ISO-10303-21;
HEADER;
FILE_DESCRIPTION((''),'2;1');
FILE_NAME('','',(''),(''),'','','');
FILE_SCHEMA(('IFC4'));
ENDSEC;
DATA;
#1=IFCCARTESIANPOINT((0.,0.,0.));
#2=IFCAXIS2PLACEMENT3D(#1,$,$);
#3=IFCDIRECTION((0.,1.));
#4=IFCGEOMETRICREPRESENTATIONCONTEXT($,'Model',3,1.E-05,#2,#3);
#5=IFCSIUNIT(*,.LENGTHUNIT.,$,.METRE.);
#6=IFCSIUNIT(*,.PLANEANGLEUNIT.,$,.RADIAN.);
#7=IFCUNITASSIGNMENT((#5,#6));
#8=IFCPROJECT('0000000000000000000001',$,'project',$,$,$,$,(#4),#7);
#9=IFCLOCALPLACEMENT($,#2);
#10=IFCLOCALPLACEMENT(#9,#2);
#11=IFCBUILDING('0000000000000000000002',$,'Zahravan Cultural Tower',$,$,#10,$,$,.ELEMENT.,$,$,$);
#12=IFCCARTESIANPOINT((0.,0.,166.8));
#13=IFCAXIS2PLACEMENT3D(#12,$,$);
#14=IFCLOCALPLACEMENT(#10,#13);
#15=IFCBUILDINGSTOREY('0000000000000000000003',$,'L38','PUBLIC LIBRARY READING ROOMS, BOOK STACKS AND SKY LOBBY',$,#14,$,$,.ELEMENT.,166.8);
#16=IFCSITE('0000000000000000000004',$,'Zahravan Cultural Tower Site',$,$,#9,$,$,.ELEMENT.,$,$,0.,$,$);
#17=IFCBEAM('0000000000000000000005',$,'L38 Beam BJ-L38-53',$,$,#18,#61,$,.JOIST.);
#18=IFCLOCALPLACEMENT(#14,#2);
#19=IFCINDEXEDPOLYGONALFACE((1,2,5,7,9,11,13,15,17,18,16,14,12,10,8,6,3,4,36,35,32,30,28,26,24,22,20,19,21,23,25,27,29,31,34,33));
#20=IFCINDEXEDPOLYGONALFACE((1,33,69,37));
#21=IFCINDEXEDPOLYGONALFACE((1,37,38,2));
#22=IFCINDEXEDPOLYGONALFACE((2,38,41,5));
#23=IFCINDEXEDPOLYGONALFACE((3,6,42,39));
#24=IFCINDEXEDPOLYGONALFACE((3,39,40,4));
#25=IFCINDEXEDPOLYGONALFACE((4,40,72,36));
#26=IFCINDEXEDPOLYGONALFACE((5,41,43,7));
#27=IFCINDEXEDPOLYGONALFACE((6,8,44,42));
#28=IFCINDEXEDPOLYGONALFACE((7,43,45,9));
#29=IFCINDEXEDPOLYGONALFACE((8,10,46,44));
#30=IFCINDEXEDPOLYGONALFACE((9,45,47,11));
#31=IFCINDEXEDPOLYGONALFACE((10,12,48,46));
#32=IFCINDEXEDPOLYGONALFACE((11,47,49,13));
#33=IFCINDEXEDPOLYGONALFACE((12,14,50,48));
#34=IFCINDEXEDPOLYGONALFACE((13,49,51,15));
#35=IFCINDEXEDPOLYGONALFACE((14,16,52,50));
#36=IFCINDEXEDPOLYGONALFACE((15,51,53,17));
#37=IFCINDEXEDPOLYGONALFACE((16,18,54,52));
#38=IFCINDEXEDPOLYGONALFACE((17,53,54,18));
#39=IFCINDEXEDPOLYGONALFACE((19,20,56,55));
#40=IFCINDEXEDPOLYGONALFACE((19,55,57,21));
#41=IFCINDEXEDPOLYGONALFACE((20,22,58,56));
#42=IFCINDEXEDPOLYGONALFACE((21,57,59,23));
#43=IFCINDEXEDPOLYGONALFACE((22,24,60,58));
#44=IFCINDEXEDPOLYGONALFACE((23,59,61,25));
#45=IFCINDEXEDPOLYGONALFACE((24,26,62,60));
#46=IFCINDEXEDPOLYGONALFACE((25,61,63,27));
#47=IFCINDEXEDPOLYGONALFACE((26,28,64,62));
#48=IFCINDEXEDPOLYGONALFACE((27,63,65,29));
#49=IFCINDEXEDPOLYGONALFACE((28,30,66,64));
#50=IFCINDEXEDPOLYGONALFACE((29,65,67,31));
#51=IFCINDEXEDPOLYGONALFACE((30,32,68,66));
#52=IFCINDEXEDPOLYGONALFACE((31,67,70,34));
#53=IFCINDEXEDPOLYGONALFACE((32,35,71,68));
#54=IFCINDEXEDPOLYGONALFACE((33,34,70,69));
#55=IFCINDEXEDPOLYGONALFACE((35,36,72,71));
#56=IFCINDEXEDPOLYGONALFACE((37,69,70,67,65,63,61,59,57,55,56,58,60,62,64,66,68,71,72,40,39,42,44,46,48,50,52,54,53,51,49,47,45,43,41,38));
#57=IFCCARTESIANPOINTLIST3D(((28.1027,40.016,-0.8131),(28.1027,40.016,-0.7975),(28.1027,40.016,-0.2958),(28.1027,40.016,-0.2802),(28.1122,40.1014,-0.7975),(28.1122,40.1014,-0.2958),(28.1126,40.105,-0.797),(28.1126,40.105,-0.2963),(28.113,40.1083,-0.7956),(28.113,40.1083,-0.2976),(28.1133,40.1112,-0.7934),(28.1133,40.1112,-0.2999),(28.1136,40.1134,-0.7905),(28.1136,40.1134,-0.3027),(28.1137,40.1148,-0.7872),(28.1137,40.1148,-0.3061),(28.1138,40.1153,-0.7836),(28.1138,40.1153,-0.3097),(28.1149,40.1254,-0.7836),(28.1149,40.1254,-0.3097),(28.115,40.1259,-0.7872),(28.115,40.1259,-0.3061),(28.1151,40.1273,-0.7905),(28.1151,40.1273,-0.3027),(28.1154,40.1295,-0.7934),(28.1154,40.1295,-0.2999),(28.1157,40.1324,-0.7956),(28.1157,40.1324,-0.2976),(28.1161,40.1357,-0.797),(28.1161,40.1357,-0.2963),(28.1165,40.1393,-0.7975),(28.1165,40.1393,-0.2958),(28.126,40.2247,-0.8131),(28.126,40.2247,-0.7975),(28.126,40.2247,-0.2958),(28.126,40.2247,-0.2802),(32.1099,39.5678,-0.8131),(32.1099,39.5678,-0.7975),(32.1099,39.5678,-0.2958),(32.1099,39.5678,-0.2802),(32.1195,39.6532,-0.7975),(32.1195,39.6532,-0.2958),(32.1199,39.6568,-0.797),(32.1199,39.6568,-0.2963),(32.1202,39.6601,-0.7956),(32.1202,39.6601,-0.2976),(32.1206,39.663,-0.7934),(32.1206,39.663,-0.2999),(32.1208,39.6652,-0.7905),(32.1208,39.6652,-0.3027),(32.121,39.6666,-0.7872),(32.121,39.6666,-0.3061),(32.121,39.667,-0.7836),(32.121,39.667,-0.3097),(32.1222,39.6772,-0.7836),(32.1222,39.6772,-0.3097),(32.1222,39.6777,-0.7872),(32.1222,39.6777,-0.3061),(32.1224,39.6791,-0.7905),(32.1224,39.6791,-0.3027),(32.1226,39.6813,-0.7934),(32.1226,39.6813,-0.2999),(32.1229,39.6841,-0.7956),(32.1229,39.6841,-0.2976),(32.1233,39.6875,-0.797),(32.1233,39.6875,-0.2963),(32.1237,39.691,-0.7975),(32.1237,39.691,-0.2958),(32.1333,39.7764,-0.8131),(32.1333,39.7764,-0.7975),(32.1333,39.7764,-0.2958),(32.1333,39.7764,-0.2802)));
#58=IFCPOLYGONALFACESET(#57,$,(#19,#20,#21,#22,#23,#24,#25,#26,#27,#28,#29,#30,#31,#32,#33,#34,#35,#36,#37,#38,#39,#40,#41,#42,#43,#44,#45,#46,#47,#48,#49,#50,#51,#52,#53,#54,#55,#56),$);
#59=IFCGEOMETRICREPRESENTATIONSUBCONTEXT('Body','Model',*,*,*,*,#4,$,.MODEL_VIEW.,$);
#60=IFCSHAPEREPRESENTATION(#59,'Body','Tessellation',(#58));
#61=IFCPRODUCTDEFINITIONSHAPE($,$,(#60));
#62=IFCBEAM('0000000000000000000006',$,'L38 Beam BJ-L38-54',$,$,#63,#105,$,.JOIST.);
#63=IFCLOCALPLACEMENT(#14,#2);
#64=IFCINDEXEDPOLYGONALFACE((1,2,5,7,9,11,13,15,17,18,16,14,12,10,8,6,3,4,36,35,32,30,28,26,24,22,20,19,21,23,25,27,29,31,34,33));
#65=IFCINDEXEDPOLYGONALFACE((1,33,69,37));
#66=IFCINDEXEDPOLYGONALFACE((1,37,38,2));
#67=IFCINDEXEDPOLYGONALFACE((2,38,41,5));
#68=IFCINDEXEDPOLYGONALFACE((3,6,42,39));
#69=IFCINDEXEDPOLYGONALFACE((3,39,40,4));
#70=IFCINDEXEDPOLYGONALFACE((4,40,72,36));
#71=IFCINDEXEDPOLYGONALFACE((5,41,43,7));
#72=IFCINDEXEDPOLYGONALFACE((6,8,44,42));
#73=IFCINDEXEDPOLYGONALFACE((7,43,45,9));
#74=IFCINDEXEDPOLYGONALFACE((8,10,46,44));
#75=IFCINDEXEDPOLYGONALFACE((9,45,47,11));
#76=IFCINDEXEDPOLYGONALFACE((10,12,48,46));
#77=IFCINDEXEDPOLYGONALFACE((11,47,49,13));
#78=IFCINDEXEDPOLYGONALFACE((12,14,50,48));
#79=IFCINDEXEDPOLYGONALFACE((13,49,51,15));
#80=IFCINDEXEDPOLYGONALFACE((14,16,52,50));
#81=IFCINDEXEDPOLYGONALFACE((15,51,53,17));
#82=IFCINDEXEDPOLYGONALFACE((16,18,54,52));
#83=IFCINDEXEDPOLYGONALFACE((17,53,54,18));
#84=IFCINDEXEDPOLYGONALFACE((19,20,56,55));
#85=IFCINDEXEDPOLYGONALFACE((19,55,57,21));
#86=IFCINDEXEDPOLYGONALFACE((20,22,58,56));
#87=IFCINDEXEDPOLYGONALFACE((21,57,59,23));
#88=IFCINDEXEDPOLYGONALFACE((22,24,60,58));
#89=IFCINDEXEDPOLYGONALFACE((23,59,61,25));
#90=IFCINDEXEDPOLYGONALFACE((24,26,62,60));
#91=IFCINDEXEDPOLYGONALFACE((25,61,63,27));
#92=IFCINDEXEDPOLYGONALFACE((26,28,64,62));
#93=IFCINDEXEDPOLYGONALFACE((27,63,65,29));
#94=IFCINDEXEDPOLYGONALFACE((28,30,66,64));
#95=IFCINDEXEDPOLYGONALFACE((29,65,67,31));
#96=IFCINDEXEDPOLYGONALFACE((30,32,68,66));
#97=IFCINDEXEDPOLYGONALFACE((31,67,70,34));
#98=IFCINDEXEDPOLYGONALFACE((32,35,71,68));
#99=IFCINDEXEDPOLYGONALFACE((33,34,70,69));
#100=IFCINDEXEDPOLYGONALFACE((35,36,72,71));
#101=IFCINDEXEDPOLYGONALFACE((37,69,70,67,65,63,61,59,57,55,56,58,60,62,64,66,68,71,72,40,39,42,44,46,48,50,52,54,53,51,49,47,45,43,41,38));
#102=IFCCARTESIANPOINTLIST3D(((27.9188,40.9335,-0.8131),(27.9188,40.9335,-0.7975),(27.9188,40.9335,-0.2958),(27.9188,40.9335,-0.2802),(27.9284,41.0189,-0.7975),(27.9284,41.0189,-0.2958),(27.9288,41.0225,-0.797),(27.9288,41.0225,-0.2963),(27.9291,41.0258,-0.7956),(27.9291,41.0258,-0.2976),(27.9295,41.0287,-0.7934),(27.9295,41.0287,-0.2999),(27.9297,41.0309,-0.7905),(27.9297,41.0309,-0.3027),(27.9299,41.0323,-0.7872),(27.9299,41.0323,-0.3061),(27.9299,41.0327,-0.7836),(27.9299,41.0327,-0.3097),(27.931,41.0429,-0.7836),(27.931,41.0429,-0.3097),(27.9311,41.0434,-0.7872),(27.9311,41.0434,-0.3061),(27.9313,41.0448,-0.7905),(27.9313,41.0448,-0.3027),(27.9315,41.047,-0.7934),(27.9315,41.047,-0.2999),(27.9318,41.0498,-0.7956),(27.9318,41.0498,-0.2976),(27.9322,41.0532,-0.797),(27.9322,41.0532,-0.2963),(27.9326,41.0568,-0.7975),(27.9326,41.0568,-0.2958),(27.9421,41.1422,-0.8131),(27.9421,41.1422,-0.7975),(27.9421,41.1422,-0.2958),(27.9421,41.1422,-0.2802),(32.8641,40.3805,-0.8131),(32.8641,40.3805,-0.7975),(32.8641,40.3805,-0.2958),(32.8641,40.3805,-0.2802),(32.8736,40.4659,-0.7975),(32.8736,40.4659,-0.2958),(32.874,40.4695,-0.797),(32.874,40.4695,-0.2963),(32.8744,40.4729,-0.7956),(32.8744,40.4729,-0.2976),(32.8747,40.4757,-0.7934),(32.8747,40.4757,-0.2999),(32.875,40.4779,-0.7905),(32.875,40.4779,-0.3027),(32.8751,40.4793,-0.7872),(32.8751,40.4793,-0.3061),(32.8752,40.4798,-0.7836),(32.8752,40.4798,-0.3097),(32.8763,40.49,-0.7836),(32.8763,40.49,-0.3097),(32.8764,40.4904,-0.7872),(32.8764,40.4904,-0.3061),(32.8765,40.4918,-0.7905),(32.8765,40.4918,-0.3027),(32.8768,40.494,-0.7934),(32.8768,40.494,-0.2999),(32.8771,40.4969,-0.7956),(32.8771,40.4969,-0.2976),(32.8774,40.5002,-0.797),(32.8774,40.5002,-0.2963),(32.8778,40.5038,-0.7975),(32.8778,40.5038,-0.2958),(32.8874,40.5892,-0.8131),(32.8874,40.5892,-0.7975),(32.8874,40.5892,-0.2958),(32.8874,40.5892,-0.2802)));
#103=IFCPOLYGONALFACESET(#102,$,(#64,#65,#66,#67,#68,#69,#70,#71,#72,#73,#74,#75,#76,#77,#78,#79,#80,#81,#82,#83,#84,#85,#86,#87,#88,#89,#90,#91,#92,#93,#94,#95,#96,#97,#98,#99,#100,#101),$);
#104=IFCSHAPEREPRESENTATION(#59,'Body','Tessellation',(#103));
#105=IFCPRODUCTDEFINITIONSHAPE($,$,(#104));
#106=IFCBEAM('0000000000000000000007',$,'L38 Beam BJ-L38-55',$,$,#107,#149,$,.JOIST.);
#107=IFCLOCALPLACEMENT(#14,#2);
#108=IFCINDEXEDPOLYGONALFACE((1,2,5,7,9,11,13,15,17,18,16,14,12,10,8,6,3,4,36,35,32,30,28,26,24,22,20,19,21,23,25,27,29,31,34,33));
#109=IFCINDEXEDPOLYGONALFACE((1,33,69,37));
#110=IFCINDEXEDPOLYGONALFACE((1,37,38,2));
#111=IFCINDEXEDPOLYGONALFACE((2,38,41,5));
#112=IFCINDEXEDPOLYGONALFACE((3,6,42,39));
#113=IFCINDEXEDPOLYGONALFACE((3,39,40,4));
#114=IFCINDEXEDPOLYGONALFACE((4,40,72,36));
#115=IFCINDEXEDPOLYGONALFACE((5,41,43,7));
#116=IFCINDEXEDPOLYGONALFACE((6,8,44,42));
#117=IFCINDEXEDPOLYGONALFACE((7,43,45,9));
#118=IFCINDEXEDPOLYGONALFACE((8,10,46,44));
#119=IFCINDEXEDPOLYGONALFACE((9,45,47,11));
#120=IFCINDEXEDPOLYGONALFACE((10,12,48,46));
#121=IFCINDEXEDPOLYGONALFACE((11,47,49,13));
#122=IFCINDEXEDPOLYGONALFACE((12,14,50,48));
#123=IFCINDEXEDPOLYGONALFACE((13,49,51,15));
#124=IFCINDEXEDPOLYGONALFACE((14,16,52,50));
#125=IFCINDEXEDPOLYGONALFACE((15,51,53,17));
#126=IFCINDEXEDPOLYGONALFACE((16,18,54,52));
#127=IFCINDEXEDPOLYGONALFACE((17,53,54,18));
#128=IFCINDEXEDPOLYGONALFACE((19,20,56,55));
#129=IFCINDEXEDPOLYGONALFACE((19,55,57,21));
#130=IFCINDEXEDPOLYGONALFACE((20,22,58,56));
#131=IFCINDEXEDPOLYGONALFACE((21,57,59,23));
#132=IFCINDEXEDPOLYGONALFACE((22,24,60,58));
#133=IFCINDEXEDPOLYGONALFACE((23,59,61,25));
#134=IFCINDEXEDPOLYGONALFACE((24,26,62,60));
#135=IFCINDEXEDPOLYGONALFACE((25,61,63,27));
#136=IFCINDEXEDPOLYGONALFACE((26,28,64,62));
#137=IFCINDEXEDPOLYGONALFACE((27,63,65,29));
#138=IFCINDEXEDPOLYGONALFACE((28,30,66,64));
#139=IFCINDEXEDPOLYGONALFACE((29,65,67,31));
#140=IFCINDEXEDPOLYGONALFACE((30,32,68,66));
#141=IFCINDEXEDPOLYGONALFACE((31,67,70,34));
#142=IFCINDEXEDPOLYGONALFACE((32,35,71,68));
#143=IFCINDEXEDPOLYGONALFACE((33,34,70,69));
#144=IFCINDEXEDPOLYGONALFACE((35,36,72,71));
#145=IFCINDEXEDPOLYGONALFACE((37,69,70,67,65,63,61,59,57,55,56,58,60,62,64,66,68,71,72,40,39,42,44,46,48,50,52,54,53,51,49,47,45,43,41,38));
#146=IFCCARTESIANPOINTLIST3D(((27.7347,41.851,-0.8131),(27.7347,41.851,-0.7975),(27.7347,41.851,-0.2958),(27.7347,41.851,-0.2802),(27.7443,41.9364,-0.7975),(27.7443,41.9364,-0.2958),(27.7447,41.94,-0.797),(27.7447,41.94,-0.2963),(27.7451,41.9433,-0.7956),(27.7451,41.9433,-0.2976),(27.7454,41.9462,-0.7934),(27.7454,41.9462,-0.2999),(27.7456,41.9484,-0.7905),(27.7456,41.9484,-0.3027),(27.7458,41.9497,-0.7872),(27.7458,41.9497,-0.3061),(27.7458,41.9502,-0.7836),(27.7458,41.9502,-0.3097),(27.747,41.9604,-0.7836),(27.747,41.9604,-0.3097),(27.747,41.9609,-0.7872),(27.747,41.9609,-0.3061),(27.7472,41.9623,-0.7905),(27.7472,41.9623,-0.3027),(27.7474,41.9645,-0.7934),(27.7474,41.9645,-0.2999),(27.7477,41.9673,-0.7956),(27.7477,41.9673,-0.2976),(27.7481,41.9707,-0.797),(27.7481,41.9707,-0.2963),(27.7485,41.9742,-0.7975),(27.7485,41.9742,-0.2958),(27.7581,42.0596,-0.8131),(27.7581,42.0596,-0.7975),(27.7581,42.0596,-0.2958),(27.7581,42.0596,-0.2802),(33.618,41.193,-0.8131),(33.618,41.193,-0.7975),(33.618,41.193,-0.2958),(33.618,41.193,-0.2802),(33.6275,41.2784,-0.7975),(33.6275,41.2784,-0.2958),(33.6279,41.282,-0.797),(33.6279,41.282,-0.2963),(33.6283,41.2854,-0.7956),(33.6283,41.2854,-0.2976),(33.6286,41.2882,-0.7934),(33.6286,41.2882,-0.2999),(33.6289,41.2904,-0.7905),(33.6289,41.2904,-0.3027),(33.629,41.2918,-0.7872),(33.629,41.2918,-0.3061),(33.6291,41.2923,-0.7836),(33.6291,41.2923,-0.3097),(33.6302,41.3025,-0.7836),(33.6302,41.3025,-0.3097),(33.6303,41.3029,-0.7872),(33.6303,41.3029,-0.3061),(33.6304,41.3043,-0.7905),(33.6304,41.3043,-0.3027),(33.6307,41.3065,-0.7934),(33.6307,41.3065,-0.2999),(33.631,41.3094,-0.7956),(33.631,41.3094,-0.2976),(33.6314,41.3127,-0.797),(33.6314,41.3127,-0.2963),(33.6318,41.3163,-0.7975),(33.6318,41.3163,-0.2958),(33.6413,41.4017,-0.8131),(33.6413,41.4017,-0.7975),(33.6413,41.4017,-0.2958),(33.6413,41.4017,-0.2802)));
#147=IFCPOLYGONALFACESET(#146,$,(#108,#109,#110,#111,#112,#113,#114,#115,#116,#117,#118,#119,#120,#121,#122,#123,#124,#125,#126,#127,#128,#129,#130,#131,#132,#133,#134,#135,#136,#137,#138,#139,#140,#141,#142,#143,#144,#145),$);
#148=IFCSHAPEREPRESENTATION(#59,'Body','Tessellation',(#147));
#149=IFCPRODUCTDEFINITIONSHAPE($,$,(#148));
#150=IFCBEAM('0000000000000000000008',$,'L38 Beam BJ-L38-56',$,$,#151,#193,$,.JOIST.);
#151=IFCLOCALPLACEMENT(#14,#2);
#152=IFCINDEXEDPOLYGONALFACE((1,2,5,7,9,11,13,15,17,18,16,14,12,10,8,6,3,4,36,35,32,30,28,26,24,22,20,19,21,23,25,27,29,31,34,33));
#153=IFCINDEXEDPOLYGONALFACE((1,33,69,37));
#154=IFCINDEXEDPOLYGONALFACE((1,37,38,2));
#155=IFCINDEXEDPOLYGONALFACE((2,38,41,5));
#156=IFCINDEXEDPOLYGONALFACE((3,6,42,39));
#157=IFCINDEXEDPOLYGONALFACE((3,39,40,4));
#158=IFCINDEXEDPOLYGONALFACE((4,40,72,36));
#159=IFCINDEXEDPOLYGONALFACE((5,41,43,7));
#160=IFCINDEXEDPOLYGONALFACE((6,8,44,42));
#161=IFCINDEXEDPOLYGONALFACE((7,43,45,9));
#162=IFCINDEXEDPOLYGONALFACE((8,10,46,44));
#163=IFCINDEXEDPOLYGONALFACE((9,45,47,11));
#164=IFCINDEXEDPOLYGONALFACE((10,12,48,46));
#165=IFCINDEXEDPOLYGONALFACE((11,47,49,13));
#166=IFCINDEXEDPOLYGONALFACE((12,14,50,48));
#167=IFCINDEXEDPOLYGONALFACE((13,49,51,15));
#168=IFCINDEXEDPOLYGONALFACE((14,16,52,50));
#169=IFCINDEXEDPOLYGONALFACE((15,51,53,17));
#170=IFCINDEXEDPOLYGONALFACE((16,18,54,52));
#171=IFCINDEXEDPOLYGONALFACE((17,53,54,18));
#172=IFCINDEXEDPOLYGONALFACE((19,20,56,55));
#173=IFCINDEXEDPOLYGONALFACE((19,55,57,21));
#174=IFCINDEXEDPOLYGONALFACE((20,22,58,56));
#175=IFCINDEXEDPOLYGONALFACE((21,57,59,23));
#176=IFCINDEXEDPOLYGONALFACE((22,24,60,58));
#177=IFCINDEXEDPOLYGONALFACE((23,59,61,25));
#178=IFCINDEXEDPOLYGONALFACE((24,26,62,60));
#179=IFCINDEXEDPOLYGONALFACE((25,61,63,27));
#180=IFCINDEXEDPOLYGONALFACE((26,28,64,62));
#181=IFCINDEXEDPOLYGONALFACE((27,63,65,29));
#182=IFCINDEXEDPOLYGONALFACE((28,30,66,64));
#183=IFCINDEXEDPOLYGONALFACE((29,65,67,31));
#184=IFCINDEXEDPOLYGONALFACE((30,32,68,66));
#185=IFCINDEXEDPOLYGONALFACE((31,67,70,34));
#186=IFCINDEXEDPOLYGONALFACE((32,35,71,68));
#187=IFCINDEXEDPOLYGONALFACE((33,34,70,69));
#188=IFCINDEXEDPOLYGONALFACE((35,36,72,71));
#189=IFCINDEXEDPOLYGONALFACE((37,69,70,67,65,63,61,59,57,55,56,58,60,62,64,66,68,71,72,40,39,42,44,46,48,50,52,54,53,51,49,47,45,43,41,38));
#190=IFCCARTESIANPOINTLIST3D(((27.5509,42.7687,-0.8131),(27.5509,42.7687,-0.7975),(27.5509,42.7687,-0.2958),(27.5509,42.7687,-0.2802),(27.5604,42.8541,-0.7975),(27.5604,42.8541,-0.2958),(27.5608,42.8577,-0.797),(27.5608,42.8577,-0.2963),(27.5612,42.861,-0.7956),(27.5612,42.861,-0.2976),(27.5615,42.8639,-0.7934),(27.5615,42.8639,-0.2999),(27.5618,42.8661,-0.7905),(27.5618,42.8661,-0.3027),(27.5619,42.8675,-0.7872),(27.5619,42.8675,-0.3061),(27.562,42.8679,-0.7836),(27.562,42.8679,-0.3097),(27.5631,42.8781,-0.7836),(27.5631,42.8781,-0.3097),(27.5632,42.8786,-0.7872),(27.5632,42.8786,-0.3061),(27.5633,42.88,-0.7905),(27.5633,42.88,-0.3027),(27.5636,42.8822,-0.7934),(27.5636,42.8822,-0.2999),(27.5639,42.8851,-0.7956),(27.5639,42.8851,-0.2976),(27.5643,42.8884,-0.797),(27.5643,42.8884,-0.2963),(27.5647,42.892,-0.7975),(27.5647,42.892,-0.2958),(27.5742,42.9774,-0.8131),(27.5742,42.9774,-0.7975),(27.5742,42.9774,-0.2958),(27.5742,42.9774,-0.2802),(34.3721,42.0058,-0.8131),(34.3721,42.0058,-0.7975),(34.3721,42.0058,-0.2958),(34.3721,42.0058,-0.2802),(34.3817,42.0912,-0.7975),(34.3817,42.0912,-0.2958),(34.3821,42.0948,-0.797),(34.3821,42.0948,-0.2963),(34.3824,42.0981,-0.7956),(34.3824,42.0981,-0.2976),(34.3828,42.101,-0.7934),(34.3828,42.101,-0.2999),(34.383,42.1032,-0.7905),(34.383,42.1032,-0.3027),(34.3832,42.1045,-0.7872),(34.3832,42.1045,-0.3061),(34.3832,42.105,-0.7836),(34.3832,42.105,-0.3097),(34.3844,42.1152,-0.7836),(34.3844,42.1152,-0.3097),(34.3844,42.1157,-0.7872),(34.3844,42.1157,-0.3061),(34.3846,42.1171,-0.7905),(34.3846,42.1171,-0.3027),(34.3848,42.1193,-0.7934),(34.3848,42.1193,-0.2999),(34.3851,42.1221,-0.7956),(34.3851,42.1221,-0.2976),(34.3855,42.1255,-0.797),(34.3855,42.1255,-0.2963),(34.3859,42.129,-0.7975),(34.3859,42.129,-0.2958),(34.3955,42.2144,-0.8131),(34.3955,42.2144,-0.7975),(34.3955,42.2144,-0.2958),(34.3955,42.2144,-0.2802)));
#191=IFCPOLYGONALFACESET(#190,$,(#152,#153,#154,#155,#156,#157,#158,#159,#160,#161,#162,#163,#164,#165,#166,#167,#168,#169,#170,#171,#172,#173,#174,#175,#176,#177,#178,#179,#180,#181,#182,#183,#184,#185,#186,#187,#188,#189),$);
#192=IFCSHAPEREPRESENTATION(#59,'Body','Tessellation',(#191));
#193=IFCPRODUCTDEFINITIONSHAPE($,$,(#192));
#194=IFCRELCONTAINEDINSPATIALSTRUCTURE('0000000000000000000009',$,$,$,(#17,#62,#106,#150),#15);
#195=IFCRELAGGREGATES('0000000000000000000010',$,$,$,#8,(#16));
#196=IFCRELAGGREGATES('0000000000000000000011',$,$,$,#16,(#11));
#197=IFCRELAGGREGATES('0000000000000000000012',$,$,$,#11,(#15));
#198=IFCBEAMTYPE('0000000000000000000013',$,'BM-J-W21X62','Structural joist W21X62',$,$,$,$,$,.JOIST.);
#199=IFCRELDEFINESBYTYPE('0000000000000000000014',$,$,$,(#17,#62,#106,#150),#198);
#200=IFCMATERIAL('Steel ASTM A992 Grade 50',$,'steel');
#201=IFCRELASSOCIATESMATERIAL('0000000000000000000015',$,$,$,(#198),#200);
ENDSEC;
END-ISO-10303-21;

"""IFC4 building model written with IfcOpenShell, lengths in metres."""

from ifc_helpers import new_model, si_unit, direction, frame, origin, origin_2d, place, context, subcontext, project, spatial, i_section, extrude, source, transform, mapped, material, material_profile, profile_set, type_object, element, save


model = new_model("IFC4")

# Units and contexts
model_context = context("Model", 3, precision=1e-05, world=origin(), true_north=direction((0.0, 1.0)))
body_context = subcontext(model_context, "Body", "Model", "MODEL_VIEW")
ifc_project = project(units=[si_unit("LENGTHUNIT", "METRE"), si_unit("PLANEANGLEUNIT", "RADIAN")], contexts=[model_context])

# Site, building, storey
site_placement = place(None, origin())
site = spatial("IfcSite", under=ifc_project, at=site_placement, Name="Zahravan Cultural Tower Site", CompositionType="ELEMENT", RefElevation=0.0)
building_placement = place(site_placement, origin())
building = spatial("IfcBuilding", under=site, at=building_placement, Name="Zahravan Cultural Tower", CompositionType="ELEMENT")
storey_placement = place(building_placement, frame((0.0, 0.0, 166.8)))
storey = spatial("IfcBuildingStorey", under=building, at=storey_placement, Name="L38", Description="PUBLIC LIBRARY READING ROOMS, BOOK STACKS AND SKY LOBBY", CompositionType="ELEMENT", Elevation=166.8)

# Shared definitions
ifc_material_1 = material(Name="Steel ASTM A992 Grade 50", Category="steel")

# Beams
ifc_material_profile_1 = material_profile(ifc_material_1, i_section(OverallWidth=0.21, OverallDepth=0.533, WebThickness=0.0103, FlangeThickness=0.0156, FilletRadius=0.0139, at=origin_2d()), Name="W21X62")
ifc_profile_set_1 = profile_set([ifc_material_profile_1], Name="Steel ASTM A992 Grade 50")
beam_type_1 = type_object("IfcBeamType", Name="BM-J-W21X62", Description="Structural joist W21X62", PredefinedType="JOIST", material=ifc_profile_set_1)
shared_shape_1 = source(origin(), body_context, "Body", "SweptSolid", [
    extrude(i_section(OverallWidth=0.21, OverallDepth=0.533, WebThickness=0.0103, FlangeThickness=0.0156, FilletRadius=0.0139, at=origin_2d()), origin(), (0.0, 0.0, 1.0), 4.0322),
])
beam_1_placement = place(storey_placement, frame((32.1216, 39.6721, -0.5466), z_axis=(-0.993802, 0.111162, 0.0), x_axis=(-0.111162, -0.993802, 0.0)))
element("IfcBeam", 1, at=beam_1_placement, inside=storey, type_object=beam_type_1, Name="L38 Beam BJ-L38-53", PredefinedType="JOIST", context=body_context, shape_type="MappedRepresentation", body=[
    mapped(shared_shape_1, transform((0.0, 0.0, 0.0), x_axis=(1.0, 0.0, 0.0), y_axis=(0.0, 1.0, 0.0), z_axis=(0.0, 0.0, 1.0), scale=1.0)),
])
shared_shape_2 = source(origin(), body_context, "Body", "SweptSolid", [
    extrude(i_section(OverallWidth=0.21, OverallDepth=0.533, WebThickness=0.0103, FlangeThickness=0.0156, FilletRadius=0.0139, at=origin_2d()), origin(), (0.0, 0.0, 1.0), 4.9761),
])
beam_2_placement = place(storey_placement, frame((32.8757, 40.4849, -0.5466), z_axis=(-0.993806, 0.111126, 0.0), x_axis=(-0.111126, -0.993806, 0.0)))
element("IfcBeam", 2, at=beam_2_placement, inside=storey, type_object=beam_type_1, Name="L38 Beam BJ-L38-54", PredefinedType="JOIST", context=body_context, shape_type="MappedRepresentation", body=[
    mapped(shared_shape_2, transform((0.0, 0.0, 0.0), x_axis=(1.0, 0.0, 0.0), y_axis=(0.0, 1.0, 0.0), z_axis=(0.0, 0.0, 1.0), scale=1.0)),
])
shared_shape_3 = source(origin(), body_context, "Body", "SweptSolid", [
    extrude(i_section(OverallWidth=0.21, OverallDepth=0.533, WebThickness=0.0103, FlangeThickness=0.0156, FilletRadius=0.0139, at=origin_2d()), origin(), (0.0, 0.0, 1.0), 5.9199),
])
beam_3_placement = place(storey_placement, frame((33.6296, 41.2974, -0.5466), z_axis=(-0.993805, 0.111142, 0.0), x_axis=(-0.111142, -0.993805, 0.0)))
element("IfcBeam", 3, at=beam_3_placement, inside=storey, type_object=beam_type_1, Name="L38 Beam BJ-L38-55", PredefinedType="JOIST", context=body_context, shape_type="MappedRepresentation", body=[
    mapped(shared_shape_3, transform((0.0, 0.0, 0.0), x_axis=(1.0, 0.0, 0.0), y_axis=(0.0, 1.0, 0.0), z_axis=(0.0, 0.0, 1.0), scale=1.0)),
])
shared_shape_4 = source(origin(), body_context, "Body", "SweptSolid", [
    extrude(i_section(OverallWidth=0.21, OverallDepth=0.533, WebThickness=0.0103, FlangeThickness=0.0156, FilletRadius=0.0139, at=origin_2d()), origin(), (0.0, 0.0, 1.0), 6.8638),
])
beam_4_placement = place(storey_placement, frame((34.3838, 42.1101, -0.5466), z_axis=(-0.993803, 0.111154, 0.0), x_axis=(-0.111154, -0.993803, 0.0)))
element("IfcBeam", 4, at=beam_4_placement, inside=storey, type_object=beam_type_1, Name="L38 Beam BJ-L38-56", PredefinedType="JOIST", context=body_context, shape_type="MappedRepresentation", body=[
    mapped(shared_shape_4, transform((0.0, 0.0, 0.0), x_axis=(1.0, 0.0, 0.0), y_axis=(0.0, 1.0, 0.0), z_axis=(0.0, 0.0, 1.0), scale=1.0)),
])

save(model, "model.ifc")
